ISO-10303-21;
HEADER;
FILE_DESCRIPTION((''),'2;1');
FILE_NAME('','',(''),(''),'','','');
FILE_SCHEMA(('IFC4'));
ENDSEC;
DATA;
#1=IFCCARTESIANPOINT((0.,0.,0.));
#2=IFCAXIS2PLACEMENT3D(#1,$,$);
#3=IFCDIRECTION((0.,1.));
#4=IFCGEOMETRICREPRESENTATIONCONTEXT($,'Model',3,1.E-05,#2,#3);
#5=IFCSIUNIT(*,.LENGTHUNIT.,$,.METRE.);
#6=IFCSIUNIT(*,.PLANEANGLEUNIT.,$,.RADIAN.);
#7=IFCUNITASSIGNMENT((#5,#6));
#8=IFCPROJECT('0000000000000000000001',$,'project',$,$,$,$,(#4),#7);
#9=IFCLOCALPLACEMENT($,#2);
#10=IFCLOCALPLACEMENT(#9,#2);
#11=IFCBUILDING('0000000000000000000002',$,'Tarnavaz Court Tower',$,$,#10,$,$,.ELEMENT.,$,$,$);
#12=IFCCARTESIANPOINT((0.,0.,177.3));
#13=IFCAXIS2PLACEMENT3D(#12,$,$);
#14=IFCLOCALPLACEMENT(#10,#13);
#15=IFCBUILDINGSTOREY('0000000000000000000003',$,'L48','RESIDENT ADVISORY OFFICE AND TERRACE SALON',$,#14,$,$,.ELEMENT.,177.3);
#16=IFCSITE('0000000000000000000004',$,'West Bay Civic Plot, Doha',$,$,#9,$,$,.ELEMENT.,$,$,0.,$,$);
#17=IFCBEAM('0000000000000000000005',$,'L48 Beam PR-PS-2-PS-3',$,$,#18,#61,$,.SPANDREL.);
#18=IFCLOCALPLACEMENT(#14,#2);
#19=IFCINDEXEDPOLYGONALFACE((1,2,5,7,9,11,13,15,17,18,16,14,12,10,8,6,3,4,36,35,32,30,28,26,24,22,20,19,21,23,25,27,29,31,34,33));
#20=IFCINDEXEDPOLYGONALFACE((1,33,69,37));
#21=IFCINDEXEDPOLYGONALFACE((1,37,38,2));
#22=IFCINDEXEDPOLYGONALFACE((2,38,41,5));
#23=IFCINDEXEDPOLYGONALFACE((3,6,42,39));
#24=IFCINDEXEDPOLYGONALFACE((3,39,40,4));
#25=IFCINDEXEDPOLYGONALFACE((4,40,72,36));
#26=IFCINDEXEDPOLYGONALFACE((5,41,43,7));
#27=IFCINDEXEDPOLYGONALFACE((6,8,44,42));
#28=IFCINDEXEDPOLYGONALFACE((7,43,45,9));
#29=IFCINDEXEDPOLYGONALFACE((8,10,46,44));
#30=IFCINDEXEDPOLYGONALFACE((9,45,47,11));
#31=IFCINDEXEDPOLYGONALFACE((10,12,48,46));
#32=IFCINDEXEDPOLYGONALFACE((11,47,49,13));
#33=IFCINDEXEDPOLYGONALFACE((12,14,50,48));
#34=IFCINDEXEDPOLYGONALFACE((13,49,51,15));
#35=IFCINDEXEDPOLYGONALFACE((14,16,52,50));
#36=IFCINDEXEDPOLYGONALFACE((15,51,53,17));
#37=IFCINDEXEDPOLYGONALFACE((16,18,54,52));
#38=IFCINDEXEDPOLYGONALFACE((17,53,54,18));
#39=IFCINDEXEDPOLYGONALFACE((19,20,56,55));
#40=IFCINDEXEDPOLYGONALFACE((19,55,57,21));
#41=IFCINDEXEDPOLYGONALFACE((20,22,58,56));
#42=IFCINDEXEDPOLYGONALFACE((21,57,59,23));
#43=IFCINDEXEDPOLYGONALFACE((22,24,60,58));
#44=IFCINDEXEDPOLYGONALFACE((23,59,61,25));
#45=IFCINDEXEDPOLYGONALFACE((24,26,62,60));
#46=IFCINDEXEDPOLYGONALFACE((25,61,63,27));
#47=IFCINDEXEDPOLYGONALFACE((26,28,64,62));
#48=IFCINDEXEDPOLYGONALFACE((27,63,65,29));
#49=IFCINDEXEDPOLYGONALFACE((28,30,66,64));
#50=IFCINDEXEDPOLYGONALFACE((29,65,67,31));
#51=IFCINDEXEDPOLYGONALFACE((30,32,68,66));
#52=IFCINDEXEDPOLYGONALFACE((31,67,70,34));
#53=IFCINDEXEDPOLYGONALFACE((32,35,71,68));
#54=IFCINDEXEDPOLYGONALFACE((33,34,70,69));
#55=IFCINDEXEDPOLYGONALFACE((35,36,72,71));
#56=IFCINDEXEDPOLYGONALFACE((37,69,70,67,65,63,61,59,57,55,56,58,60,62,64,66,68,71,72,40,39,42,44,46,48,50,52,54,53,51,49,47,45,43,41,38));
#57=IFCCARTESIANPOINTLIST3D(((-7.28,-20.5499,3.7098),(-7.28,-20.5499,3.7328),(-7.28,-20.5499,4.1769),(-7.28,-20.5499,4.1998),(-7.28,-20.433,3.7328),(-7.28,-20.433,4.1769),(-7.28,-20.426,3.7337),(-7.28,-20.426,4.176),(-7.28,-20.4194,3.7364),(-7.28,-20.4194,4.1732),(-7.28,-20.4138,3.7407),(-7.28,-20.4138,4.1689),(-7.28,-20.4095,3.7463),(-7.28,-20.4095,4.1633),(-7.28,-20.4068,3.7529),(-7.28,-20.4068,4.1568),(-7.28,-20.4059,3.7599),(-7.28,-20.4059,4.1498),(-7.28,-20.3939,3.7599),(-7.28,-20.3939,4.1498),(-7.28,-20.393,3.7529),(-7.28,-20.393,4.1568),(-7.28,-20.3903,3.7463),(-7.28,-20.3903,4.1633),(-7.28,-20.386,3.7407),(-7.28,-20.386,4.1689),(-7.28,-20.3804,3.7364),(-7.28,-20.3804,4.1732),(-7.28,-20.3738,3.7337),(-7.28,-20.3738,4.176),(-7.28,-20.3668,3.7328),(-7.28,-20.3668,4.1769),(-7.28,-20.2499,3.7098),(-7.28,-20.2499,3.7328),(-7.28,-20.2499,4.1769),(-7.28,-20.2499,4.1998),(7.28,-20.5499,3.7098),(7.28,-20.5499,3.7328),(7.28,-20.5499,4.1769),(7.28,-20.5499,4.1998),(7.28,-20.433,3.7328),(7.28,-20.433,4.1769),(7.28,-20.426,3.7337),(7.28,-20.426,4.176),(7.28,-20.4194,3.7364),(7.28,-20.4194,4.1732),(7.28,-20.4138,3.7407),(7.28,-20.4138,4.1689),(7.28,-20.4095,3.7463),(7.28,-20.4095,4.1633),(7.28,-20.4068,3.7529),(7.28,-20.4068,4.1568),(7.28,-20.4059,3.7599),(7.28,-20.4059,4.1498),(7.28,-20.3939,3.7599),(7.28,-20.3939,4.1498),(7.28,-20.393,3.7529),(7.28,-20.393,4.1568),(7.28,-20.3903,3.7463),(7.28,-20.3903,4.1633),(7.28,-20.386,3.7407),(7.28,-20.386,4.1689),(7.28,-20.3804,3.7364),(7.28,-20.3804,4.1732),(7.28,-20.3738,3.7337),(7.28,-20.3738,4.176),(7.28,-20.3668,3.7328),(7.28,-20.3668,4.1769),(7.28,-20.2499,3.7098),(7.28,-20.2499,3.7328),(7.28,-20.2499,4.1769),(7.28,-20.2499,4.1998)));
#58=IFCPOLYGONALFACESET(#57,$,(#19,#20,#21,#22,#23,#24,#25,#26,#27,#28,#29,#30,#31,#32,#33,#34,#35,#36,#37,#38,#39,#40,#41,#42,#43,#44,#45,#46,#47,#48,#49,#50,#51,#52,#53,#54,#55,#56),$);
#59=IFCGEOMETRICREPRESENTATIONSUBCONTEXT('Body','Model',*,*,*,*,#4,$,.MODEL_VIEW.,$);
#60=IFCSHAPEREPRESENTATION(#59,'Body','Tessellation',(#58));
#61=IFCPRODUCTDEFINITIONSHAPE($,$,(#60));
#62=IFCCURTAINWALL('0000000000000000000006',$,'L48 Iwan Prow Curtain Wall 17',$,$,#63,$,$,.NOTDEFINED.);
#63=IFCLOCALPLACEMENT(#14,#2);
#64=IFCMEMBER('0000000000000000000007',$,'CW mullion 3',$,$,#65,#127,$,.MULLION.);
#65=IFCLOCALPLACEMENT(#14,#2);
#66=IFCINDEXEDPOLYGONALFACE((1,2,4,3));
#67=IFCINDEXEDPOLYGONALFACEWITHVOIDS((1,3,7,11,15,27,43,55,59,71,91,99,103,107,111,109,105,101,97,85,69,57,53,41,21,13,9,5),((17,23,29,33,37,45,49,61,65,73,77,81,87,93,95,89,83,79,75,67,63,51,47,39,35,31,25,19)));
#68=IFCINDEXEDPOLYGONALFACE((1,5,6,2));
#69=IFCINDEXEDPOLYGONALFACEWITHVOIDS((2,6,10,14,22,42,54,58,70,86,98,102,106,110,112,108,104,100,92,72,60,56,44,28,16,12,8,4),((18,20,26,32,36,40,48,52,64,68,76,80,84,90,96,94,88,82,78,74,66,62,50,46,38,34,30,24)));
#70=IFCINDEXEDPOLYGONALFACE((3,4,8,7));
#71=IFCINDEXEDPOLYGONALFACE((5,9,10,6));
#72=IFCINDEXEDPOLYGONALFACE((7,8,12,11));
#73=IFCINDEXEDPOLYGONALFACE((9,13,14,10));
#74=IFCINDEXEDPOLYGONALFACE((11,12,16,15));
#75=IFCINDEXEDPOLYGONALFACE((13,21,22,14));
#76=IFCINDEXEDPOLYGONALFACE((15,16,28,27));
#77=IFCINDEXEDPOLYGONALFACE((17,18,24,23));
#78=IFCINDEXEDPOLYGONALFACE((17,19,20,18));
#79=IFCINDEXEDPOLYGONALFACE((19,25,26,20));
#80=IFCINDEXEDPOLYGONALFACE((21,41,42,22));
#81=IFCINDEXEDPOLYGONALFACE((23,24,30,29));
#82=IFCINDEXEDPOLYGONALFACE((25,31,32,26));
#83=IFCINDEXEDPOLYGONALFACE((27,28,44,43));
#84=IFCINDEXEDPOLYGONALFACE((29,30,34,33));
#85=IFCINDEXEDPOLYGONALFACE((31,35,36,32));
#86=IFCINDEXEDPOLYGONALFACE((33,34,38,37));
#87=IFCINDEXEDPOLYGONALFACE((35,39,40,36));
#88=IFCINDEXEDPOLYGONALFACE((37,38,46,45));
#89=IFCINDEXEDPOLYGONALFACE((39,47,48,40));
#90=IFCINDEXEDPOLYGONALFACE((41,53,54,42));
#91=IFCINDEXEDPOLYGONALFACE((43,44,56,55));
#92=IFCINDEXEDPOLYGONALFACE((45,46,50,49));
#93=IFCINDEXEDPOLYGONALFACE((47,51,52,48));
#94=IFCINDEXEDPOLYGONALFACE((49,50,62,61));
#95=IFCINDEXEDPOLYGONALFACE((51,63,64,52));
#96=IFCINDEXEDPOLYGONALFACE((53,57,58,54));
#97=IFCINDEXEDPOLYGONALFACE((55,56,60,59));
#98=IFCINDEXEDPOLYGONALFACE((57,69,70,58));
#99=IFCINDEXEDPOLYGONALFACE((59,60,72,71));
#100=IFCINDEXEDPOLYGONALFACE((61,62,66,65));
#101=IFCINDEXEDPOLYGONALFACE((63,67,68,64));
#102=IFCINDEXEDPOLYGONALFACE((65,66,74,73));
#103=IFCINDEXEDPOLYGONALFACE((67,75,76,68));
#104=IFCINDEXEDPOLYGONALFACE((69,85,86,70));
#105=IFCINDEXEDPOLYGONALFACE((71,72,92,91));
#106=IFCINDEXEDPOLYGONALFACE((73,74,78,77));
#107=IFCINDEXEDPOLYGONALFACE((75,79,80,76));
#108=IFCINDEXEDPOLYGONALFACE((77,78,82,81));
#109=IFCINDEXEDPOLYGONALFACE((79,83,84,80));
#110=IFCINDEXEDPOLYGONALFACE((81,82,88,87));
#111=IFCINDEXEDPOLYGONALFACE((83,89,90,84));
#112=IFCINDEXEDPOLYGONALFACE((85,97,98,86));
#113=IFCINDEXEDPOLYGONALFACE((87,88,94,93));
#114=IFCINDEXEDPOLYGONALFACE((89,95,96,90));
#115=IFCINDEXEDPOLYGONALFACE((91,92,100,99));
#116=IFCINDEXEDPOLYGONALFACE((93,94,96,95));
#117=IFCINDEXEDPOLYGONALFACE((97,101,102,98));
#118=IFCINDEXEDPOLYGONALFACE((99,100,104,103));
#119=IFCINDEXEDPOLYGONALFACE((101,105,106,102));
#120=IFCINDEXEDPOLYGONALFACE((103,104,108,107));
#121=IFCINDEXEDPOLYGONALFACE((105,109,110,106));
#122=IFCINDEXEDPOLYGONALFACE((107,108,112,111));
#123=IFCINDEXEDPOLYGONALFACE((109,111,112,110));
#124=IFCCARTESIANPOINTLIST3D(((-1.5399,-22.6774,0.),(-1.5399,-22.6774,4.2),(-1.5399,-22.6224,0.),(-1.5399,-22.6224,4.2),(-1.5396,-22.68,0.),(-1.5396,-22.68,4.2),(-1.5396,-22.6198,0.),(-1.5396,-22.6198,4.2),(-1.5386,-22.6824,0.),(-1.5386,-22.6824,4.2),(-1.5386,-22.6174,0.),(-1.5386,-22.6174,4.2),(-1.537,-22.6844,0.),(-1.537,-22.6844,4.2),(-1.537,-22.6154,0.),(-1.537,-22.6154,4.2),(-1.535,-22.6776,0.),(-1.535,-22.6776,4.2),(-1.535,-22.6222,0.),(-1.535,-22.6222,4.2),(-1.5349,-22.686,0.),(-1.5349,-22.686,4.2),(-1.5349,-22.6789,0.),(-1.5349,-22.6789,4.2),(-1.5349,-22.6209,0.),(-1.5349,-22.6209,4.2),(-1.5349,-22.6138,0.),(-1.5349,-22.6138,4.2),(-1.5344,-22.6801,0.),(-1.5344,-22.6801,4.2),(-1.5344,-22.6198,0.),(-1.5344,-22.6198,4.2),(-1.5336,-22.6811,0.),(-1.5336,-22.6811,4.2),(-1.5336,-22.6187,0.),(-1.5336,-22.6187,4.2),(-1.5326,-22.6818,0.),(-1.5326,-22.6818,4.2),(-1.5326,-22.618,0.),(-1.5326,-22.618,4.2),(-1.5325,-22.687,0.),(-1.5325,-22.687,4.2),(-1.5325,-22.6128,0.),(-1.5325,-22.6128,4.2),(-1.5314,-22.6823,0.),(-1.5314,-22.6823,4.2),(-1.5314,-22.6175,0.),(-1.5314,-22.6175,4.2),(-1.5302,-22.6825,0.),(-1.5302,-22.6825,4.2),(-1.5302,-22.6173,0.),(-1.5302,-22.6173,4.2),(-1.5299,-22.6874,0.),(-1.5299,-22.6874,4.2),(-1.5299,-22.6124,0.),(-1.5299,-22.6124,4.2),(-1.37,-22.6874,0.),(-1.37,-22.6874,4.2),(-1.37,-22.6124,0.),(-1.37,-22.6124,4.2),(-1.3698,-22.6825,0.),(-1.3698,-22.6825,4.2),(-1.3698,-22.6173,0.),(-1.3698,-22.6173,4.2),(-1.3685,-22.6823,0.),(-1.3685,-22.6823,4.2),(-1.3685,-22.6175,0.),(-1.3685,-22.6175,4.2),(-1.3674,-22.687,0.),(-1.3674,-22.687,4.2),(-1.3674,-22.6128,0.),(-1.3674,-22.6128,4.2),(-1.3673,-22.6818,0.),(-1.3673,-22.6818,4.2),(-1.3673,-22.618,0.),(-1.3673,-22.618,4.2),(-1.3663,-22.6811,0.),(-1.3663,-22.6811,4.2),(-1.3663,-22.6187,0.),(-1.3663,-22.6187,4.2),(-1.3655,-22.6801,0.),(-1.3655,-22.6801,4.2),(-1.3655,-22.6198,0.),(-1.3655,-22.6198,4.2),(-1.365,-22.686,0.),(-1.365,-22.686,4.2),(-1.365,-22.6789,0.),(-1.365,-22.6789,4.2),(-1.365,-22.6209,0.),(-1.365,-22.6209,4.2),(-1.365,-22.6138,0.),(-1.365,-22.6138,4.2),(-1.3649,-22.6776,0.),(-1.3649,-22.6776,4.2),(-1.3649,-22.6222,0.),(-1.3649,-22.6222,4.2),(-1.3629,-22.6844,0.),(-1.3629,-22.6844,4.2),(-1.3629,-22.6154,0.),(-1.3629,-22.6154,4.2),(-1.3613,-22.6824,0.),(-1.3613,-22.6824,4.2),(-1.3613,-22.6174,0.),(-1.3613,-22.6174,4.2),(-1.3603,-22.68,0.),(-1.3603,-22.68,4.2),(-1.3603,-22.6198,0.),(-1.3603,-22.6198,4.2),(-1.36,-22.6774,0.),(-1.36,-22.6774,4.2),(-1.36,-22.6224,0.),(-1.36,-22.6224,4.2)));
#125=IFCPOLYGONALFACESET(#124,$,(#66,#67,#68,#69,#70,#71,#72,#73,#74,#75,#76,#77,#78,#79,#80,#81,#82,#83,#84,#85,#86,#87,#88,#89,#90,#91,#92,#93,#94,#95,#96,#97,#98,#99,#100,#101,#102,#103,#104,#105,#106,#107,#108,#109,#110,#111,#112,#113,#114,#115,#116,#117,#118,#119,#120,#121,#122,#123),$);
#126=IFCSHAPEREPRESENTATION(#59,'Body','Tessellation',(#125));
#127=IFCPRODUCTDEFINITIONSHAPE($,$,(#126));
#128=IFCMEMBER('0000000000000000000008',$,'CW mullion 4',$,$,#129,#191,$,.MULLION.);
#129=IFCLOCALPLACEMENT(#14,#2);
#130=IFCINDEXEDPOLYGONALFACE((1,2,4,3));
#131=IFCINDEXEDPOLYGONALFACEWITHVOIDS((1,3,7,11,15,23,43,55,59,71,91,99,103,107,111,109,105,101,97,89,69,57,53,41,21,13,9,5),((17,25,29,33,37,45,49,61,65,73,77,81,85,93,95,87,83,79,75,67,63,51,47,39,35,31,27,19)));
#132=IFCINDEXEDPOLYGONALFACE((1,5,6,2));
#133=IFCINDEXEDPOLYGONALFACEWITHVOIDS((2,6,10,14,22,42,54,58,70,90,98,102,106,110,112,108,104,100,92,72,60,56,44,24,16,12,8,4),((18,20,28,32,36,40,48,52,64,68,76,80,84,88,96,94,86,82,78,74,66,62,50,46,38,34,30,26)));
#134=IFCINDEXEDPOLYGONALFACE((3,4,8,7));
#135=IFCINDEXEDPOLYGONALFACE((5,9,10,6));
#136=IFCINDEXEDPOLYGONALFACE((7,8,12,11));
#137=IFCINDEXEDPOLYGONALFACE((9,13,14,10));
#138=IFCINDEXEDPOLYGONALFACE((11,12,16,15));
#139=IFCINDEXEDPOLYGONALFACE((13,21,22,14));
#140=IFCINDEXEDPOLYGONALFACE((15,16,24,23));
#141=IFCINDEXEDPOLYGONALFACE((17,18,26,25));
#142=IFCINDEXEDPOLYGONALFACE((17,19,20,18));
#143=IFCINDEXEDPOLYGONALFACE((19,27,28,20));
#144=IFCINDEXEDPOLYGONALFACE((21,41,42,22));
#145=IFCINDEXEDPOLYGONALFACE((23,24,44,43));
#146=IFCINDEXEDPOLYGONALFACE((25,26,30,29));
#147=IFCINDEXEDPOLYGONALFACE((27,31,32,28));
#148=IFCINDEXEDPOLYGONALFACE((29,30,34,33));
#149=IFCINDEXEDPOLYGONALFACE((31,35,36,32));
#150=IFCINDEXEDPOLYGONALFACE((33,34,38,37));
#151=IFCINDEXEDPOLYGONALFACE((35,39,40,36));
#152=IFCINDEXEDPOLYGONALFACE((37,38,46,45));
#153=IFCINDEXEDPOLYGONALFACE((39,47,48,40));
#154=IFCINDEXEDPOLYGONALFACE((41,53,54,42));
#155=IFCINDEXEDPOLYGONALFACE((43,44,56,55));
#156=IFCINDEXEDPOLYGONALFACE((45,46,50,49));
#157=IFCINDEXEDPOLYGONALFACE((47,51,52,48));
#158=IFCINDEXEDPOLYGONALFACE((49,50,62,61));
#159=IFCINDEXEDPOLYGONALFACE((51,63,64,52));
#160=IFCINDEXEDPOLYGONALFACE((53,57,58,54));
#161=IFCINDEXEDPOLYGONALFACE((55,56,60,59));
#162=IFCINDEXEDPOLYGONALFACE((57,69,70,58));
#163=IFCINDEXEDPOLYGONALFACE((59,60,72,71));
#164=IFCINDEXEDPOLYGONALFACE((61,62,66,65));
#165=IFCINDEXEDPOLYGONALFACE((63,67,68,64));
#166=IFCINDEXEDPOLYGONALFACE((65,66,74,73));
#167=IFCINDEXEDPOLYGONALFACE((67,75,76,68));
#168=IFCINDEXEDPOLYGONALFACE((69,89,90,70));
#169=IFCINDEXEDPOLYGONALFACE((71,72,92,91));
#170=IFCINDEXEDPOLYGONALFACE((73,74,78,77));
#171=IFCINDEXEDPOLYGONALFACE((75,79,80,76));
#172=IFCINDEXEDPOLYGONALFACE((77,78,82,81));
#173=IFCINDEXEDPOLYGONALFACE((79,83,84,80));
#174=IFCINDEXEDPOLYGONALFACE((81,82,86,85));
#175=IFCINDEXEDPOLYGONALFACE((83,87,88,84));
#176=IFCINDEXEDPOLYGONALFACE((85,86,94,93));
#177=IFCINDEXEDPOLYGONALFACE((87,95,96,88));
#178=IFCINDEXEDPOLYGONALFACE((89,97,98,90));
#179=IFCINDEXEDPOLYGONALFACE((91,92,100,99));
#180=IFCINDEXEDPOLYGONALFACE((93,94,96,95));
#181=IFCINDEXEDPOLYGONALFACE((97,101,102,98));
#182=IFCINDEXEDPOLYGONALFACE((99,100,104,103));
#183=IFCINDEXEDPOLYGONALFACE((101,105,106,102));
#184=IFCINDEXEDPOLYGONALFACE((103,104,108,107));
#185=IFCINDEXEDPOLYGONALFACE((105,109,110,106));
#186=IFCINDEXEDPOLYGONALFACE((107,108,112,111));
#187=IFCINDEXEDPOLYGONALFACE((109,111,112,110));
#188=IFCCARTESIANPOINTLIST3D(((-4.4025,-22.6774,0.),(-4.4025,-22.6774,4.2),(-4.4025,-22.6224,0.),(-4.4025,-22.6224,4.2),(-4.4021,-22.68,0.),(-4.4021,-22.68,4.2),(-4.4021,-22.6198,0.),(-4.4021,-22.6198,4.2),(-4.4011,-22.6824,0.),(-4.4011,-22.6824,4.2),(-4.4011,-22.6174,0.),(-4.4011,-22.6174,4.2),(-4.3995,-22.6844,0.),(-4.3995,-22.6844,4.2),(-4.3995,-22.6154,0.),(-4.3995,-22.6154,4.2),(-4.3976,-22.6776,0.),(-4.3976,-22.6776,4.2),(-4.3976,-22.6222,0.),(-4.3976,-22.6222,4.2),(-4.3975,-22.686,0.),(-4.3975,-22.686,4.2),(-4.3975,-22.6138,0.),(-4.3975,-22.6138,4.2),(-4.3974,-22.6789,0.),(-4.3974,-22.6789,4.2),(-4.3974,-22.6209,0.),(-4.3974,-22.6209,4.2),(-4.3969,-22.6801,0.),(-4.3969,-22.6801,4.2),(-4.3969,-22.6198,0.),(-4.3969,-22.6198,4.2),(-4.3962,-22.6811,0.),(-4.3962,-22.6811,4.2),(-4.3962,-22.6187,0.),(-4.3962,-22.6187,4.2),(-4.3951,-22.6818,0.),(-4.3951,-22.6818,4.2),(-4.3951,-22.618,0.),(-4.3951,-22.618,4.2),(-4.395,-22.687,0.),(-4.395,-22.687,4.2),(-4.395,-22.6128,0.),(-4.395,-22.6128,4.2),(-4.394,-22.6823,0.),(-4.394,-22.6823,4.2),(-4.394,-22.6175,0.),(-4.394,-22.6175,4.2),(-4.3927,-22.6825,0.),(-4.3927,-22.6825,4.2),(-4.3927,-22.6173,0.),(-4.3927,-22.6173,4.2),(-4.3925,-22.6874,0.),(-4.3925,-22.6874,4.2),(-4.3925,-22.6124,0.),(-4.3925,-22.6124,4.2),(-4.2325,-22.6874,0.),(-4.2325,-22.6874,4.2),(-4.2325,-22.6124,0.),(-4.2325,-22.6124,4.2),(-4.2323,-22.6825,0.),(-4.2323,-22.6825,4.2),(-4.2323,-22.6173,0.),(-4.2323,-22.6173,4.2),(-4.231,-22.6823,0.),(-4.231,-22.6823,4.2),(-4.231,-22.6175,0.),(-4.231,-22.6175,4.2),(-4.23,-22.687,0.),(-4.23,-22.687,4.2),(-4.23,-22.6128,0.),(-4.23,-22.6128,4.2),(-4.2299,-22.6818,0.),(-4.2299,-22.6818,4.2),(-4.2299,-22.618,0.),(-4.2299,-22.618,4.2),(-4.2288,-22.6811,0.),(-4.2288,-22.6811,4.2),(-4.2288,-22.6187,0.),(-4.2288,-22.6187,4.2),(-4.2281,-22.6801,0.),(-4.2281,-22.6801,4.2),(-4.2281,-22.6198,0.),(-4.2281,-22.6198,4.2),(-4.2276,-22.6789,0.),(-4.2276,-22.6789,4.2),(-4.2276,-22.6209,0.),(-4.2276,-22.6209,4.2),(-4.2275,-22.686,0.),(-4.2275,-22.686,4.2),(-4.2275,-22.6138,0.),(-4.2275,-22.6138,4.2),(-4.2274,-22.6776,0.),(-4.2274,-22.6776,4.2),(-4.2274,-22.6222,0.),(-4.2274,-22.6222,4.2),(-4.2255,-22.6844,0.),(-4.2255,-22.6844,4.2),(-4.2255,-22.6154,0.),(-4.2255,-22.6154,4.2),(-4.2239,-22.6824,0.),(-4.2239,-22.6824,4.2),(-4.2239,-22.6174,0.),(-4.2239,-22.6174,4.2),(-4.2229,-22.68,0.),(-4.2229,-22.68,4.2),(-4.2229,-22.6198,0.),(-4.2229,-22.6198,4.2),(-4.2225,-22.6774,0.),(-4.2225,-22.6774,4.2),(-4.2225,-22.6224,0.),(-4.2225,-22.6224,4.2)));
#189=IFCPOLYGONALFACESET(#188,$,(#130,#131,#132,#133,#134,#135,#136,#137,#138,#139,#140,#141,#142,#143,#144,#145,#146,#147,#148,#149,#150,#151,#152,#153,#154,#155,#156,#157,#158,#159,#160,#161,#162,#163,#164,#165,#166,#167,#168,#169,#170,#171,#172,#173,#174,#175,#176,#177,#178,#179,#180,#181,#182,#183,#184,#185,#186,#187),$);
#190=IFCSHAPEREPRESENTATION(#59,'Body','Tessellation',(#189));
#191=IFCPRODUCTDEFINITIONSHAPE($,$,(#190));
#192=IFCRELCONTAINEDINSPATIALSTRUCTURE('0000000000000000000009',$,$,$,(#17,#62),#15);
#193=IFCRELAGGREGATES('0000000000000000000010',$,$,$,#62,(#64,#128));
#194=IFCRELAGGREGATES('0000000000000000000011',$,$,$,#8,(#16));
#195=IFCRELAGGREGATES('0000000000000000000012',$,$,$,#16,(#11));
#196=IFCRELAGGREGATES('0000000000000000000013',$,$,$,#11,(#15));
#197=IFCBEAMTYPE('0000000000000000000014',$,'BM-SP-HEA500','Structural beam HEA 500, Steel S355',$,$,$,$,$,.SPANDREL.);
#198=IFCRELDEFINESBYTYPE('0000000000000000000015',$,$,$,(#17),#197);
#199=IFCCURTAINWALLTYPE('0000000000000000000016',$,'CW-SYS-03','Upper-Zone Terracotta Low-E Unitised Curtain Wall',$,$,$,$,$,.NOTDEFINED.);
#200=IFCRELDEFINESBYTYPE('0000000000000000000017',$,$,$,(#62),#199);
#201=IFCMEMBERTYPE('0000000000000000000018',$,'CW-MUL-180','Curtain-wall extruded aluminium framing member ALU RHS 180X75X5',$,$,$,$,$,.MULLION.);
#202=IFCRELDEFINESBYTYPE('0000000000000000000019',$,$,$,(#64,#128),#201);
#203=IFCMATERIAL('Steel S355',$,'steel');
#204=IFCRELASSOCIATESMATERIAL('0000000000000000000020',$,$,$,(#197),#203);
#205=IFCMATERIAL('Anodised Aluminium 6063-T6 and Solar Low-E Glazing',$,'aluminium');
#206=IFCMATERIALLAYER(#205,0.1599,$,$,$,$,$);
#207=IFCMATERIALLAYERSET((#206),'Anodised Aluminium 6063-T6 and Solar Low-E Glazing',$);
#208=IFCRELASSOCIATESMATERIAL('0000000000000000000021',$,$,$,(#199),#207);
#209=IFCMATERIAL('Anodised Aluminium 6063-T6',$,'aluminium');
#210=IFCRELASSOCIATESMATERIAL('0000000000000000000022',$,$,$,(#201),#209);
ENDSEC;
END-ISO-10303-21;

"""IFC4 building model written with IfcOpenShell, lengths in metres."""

from ifc_helpers import new_model, si_unit, direction, frame, origin, origin_2d, place, context, subcontext, project, spatial, hollow_rectangle, i_section, extrude, material, layer, layer_set, material_profile, profile_set, type_object, element, aggregate, save


model = new_model("IFC4")

# Units and contexts
model_context = context("Model", 3, precision=1e-05, world=origin(), true_north=direction((0.0, 1.0)))
body_context = subcontext(model_context, "Body", "Model", "MODEL_VIEW")
ifc_project = project(units=[si_unit("LENGTHUNIT", "METRE"), si_unit("PLANEANGLEUNIT", "RADIAN")], contexts=[model_context])

# Site, building, storey
site_placement = place(None, origin())
site = spatial("IfcSite", under=ifc_project, at=site_placement, Name="West Bay Civic Plot, Doha", CompositionType="ELEMENT", RefElevation=0.0)
building_placement = place(site_placement, origin())
building = spatial("IfcBuilding", under=site, at=building_placement, Name="Tarnavaz Court Tower", CompositionType="ELEMENT")
storey_placement = place(building_placement, frame((0.0, 0.0, 177.3)))
storey = spatial("IfcBuildingStorey", under=building, at=storey_placement, Name="L48", Description="RESIDENT ADVISORY OFFICE AND TERRACE SALON", CompositionType="ELEMENT", Elevation=177.3)

# Beam
ifc_material_1 = material(Name="Steel S355", Category="steel")
ifc_material_profile_1 = material_profile(ifc_material_1, i_section(OverallWidth=0.3, OverallDepth=0.49, WebThickness=0.012, FlangeThickness=0.0229, FilletRadius=0.0271, at=origin_2d()), Name="HEA 500")
ifc_profile_set_1 = profile_set([ifc_material_profile_1], Name="Steel S355")
beam_type_1 = type_object("IfcBeamType", Name="BM-SP-HEA500", Description="Structural beam HEA 500, Steel S355", PredefinedType="SPANDREL", material=ifc_profile_set_1)
beam_1_placement = place(storey_placement, frame((-7.28, -20.3999, 3.9548), z_axis=(1.0, 0.0, 0.0), x_axis=(0.0, 1.0, 0.0)))
element("IfcBeam", 1, at=beam_1_placement, inside=storey, type_object=beam_type_1, Name="L48 Beam PR-PS-2-PS-3", PredefinedType="SPANDREL", context=body_context, shape_type="SweptSolid", body=[
    extrude(i_section(OverallWidth=0.3, OverallDepth=0.49, WebThickness=0.012, FlangeThickness=0.0229, FilletRadius=0.0271, at=origin_2d()), origin(), (0.0, 0.0, 1.0), 14.5601),
])

# Curtain wall, members
ifc_material_2 = material(Name="Anodised Aluminium 6063-T6 and Solar Low-E Glazing", Category="aluminium")
ifc_layer_1 = layer(ifc_material_2, 0.1599)
ifc_layer_set_1 = layer_set([ifc_layer_1], Name="Anodised Aluminium 6063-T6 and Solar Low-E Glazing")
curtain_wall_type = type_object("IfcCurtainWallType", Name="CW-SYS-03", Description="Upper-Zone Terracotta Low-E Unitised Curtain Wall", PredefinedType="NOTDEFINED", material=ifc_layer_set_1)
curtain_wall_placement = place(storey_placement, origin())
curtain_wall = element("IfcCurtainWall", 2, at=curtain_wall_placement, inside=storey, type_object=curtain_wall_type, Name="L48 Iwan Prow Curtain Wall 17", PredefinedType="NOTDEFINED")
ifc_material_3 = material(Name="Anodised Aluminium 6063-T6", Category="aluminium")
ifc_material_profile_2 = material_profile(ifc_material_3, hollow_rectangle(XDim=0.075, YDim=0.1799, WallThickness=0.0049, InnerFilletRadius=0.0049, OuterFilletRadius=0.01, at=origin_2d()), Name="ALU RHS 180X75X5")
ifc_profile_set_2 = profile_set([ifc_material_profile_2], Name="Anodised Aluminium 6063-T6")
member_type_1 = type_object("IfcMemberType", Name="CW-MUL-180", Description="Curtain-wall extruded aluminium framing member ALU RHS 180X75X5", PredefinedType="MULLION", material=ifc_profile_set_2)
member_1_placement = place(storey_placement, frame((-1.45, -22.6499, 0.0), z_axis=(0.0, 0.0, 1.0), x_axis=(0.0, -1.0, 0.0)))
member_1 = element("IfcMember", 3, at=member_1_placement, type_object=member_type_1, Name="CW mullion 3", PredefinedType="MULLION", context=body_context, shape_type="SweptSolid", body=[
    extrude(hollow_rectangle(XDim=0.075, YDim=0.1799, WallThickness=0.0049, InnerFilletRadius=0.0049, OuterFilletRadius=0.01, at=origin_2d()), origin(), (0.0, 0.0, 1.0), 4.2),
])
member_2_placement = place(storey_placement, frame((-4.3125, -22.6499, 0.0), z_axis=(0.0, 0.0, 1.0), x_axis=(0.0, -1.0, 0.0)))
member_2 = element("IfcMember", 4, at=member_2_placement, type_object=member_type_1, Name="CW mullion 4", PredefinedType="MULLION", context=body_context, shape_type="SweptSolid", body=[
    extrude(hollow_rectangle(XDim=0.075, YDim=0.1799, WallThickness=0.0049, InnerFilletRadius=0.0049, OuterFilletRadius=0.01, at=origin_2d()), origin(), (0.0, 0.0, 1.0), 4.2),
])
aggregate(curtain_wall, [member_1, member_2])

save(model, "model.ifc")
